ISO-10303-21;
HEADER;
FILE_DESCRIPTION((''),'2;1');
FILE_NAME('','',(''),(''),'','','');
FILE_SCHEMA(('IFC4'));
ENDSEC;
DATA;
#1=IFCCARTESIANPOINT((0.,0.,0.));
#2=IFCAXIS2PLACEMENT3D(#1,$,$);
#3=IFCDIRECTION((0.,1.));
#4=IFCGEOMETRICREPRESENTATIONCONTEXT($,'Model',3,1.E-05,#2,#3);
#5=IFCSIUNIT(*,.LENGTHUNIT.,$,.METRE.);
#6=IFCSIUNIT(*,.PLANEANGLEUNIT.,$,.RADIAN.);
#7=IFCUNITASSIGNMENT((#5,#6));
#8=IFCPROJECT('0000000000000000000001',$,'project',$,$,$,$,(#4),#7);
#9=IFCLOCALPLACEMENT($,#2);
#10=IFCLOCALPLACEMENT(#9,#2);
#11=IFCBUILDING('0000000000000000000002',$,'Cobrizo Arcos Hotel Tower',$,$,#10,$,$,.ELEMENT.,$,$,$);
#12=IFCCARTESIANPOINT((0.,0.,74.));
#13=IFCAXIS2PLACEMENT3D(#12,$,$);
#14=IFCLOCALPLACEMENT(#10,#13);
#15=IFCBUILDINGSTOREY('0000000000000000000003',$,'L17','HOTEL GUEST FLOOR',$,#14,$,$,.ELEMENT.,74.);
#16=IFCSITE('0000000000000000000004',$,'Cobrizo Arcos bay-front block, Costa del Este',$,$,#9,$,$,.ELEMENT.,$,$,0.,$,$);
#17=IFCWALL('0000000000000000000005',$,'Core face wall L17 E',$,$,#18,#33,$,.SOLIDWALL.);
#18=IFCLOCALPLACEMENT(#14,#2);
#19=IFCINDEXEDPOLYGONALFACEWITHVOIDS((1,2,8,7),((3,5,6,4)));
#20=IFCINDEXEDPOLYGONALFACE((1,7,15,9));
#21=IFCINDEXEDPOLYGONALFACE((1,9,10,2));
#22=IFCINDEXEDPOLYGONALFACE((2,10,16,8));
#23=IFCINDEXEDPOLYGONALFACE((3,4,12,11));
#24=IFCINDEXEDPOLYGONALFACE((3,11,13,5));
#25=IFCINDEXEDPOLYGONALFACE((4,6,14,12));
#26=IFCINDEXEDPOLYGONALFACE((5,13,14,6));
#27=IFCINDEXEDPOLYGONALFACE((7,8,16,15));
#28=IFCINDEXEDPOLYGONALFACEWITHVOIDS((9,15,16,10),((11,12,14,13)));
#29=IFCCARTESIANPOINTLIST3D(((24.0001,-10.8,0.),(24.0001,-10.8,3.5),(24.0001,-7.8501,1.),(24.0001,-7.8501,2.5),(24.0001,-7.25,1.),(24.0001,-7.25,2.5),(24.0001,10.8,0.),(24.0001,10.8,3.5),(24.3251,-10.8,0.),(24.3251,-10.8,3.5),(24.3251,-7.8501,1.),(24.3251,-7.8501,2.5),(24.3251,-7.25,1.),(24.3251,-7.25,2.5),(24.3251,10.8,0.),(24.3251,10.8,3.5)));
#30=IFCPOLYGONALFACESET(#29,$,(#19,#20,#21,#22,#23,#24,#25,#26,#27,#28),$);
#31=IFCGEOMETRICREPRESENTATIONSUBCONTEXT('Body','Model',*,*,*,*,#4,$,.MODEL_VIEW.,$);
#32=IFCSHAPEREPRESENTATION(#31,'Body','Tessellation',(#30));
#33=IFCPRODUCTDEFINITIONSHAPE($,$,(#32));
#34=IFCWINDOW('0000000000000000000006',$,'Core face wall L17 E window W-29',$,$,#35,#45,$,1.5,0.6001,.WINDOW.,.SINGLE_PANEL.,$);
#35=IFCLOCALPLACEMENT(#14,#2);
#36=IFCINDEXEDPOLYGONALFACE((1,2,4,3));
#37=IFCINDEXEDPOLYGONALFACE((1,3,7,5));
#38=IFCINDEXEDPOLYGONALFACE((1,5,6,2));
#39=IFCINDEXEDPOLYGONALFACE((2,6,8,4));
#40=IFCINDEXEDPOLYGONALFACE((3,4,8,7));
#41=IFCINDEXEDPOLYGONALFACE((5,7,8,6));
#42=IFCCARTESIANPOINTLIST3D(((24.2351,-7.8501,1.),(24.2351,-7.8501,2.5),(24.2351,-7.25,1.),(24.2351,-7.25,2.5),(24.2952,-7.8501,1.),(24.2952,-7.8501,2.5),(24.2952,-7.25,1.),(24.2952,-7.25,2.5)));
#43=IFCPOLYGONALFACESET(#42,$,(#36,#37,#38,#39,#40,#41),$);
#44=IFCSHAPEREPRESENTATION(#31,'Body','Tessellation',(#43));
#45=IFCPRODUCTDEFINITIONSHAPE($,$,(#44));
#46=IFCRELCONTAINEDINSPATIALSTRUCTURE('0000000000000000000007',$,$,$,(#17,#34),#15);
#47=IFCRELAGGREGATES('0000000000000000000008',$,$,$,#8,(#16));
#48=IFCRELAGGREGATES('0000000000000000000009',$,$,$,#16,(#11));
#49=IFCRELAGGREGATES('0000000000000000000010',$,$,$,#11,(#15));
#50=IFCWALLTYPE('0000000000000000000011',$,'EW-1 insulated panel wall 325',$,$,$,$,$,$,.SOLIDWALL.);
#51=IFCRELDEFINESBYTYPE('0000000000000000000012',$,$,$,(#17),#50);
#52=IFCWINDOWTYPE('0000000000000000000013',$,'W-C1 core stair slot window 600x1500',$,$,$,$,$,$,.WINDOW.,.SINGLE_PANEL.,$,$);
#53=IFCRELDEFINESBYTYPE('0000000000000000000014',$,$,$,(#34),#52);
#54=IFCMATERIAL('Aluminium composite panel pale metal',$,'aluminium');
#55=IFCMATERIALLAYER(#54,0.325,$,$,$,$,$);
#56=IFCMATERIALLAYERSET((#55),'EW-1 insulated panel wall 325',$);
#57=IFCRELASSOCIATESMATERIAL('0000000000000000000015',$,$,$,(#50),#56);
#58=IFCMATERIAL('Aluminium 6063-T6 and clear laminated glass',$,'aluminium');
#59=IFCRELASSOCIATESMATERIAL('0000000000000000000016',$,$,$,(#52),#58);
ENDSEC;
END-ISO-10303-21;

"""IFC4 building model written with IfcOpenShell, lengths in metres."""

from ifc_helpers import new_model, si_unit, direction, frame, frame_2d, origin, place, context, subcontext, project, spatial, rectangle, extrude, material, layer, layer_set, type_object, element, fill, save


model = new_model("IFC4")

# Units and contexts
model_context = context("Model", 3, precision=1e-05, world=origin(), true_north=direction((0.0, 1.0)))
body_context = subcontext(model_context, "Body", "Model", "MODEL_VIEW")
ifc_project = project(units=[si_unit("LENGTHUNIT", "METRE"), si_unit("PLANEANGLEUNIT", "RADIAN")], contexts=[model_context])

# Site, building, storey
site_placement = place(None, origin())
site = spatial("IfcSite", under=ifc_project, at=site_placement, Name="Cobrizo Arcos bay-front block, Costa del Este", CompositionType="ELEMENT", RefElevation=0.0)
building_placement = place(site_placement, origin())
building = spatial("IfcBuilding", under=site, at=building_placement, Name="Cobrizo Arcos Hotel Tower", CompositionType="ELEMENT")
storey_placement = place(building_placement, frame((0.0, 0.0, 74.0)))
storey = spatial("IfcBuildingStorey", under=building, at=storey_placement, Name="L17", Description="HOTEL GUEST FLOOR", CompositionType="ELEMENT", Elevation=74.0)

# Shared definitions
ifc_material_1 = material(Name="Aluminium composite panel pale metal", Category="aluminium")

# Wall, opening, window
ifc_layer_1 = layer(ifc_material_1, 0.325)
ifc_layer_set_1 = layer_set([ifc_layer_1], Name="EW-1 insulated panel wall 325")
wall_type_1 = type_object("IfcWallType", Name="EW-1 insulated panel wall 325", PredefinedType="SOLIDWALL", material=ifc_layer_set_1)
wall_1_placement = place(storey_placement, frame((24.1626, -10.8, 0.0), z_axis=(0.0, 0.0, 1.0), x_axis=(0.0, 1.0, 0.0)))
wall_1 = element("IfcWall", 1, at=wall_1_placement, inside=storey, type_object=wall_type_1, Name="Core face wall L17 E", PredefinedType="SOLIDWALL", context=body_context, shape_type="SweptSolid", body=[
    extrude(rectangle(XDim=21.6001, YDim=0.325, at=frame_2d((10.8, 0.0))), origin(), (0.0, 0.0, 1.0), 3.5),
])
opening_1_placement = place(wall_1_placement, frame((2.95, 0.0, 1.0)))
opening_1 = element("IfcOpeningElement", 2, at=opening_1_placement, cuts=wall_1, PredefinedType="OPENING", context=body_context, shape_type="SweptSolid", body=[
    extrude(rectangle(XDim=0.6001, YDim=1.5, at=frame_2d((0.3, 0.75))), frame((0.0, 0.1746, 0.0), z_axis=(0.0, -1.0, 0.0), x_axis=(1.0, 0.0, 0.0)), (0.0, 0.0, 1.0), 0.3489),
])
ifc_material_2 = material(Name="Aluminium 6063-T6 and clear laminated glass", Category="aluminium")
window_type = type_object("IfcWindowType", Name="W-C1 core stair slot window 600x1500", PartitioningType="SINGLE_PANEL", PredefinedType="WINDOW", material=ifc_material_2)
window_placement = place(opening_1_placement, origin())
window = element("IfcWindow", 3, at=window_placement, inside=storey, type_object=window_type, Name="Core face wall L17 E window W-29", OverallHeight=1.5, OverallWidth=0.6001, PartitioningType="SINGLE_PANEL", PredefinedType="WINDOW", context=body_context, shape_type="SweptSolid", body=[
    extrude(rectangle(XDim=0.6001, YDim=1.5, at=frame_2d((0.3, 0.75))), frame((0.0, -0.0725, 0.0), z_axis=(0.0, -1.0, 0.0), x_axis=(1.0, 0.0, 0.0)), (0.0, 0.0, 1.0), 0.0601),
])
fill(opening_1, window)

save(model, "model.ifc")
